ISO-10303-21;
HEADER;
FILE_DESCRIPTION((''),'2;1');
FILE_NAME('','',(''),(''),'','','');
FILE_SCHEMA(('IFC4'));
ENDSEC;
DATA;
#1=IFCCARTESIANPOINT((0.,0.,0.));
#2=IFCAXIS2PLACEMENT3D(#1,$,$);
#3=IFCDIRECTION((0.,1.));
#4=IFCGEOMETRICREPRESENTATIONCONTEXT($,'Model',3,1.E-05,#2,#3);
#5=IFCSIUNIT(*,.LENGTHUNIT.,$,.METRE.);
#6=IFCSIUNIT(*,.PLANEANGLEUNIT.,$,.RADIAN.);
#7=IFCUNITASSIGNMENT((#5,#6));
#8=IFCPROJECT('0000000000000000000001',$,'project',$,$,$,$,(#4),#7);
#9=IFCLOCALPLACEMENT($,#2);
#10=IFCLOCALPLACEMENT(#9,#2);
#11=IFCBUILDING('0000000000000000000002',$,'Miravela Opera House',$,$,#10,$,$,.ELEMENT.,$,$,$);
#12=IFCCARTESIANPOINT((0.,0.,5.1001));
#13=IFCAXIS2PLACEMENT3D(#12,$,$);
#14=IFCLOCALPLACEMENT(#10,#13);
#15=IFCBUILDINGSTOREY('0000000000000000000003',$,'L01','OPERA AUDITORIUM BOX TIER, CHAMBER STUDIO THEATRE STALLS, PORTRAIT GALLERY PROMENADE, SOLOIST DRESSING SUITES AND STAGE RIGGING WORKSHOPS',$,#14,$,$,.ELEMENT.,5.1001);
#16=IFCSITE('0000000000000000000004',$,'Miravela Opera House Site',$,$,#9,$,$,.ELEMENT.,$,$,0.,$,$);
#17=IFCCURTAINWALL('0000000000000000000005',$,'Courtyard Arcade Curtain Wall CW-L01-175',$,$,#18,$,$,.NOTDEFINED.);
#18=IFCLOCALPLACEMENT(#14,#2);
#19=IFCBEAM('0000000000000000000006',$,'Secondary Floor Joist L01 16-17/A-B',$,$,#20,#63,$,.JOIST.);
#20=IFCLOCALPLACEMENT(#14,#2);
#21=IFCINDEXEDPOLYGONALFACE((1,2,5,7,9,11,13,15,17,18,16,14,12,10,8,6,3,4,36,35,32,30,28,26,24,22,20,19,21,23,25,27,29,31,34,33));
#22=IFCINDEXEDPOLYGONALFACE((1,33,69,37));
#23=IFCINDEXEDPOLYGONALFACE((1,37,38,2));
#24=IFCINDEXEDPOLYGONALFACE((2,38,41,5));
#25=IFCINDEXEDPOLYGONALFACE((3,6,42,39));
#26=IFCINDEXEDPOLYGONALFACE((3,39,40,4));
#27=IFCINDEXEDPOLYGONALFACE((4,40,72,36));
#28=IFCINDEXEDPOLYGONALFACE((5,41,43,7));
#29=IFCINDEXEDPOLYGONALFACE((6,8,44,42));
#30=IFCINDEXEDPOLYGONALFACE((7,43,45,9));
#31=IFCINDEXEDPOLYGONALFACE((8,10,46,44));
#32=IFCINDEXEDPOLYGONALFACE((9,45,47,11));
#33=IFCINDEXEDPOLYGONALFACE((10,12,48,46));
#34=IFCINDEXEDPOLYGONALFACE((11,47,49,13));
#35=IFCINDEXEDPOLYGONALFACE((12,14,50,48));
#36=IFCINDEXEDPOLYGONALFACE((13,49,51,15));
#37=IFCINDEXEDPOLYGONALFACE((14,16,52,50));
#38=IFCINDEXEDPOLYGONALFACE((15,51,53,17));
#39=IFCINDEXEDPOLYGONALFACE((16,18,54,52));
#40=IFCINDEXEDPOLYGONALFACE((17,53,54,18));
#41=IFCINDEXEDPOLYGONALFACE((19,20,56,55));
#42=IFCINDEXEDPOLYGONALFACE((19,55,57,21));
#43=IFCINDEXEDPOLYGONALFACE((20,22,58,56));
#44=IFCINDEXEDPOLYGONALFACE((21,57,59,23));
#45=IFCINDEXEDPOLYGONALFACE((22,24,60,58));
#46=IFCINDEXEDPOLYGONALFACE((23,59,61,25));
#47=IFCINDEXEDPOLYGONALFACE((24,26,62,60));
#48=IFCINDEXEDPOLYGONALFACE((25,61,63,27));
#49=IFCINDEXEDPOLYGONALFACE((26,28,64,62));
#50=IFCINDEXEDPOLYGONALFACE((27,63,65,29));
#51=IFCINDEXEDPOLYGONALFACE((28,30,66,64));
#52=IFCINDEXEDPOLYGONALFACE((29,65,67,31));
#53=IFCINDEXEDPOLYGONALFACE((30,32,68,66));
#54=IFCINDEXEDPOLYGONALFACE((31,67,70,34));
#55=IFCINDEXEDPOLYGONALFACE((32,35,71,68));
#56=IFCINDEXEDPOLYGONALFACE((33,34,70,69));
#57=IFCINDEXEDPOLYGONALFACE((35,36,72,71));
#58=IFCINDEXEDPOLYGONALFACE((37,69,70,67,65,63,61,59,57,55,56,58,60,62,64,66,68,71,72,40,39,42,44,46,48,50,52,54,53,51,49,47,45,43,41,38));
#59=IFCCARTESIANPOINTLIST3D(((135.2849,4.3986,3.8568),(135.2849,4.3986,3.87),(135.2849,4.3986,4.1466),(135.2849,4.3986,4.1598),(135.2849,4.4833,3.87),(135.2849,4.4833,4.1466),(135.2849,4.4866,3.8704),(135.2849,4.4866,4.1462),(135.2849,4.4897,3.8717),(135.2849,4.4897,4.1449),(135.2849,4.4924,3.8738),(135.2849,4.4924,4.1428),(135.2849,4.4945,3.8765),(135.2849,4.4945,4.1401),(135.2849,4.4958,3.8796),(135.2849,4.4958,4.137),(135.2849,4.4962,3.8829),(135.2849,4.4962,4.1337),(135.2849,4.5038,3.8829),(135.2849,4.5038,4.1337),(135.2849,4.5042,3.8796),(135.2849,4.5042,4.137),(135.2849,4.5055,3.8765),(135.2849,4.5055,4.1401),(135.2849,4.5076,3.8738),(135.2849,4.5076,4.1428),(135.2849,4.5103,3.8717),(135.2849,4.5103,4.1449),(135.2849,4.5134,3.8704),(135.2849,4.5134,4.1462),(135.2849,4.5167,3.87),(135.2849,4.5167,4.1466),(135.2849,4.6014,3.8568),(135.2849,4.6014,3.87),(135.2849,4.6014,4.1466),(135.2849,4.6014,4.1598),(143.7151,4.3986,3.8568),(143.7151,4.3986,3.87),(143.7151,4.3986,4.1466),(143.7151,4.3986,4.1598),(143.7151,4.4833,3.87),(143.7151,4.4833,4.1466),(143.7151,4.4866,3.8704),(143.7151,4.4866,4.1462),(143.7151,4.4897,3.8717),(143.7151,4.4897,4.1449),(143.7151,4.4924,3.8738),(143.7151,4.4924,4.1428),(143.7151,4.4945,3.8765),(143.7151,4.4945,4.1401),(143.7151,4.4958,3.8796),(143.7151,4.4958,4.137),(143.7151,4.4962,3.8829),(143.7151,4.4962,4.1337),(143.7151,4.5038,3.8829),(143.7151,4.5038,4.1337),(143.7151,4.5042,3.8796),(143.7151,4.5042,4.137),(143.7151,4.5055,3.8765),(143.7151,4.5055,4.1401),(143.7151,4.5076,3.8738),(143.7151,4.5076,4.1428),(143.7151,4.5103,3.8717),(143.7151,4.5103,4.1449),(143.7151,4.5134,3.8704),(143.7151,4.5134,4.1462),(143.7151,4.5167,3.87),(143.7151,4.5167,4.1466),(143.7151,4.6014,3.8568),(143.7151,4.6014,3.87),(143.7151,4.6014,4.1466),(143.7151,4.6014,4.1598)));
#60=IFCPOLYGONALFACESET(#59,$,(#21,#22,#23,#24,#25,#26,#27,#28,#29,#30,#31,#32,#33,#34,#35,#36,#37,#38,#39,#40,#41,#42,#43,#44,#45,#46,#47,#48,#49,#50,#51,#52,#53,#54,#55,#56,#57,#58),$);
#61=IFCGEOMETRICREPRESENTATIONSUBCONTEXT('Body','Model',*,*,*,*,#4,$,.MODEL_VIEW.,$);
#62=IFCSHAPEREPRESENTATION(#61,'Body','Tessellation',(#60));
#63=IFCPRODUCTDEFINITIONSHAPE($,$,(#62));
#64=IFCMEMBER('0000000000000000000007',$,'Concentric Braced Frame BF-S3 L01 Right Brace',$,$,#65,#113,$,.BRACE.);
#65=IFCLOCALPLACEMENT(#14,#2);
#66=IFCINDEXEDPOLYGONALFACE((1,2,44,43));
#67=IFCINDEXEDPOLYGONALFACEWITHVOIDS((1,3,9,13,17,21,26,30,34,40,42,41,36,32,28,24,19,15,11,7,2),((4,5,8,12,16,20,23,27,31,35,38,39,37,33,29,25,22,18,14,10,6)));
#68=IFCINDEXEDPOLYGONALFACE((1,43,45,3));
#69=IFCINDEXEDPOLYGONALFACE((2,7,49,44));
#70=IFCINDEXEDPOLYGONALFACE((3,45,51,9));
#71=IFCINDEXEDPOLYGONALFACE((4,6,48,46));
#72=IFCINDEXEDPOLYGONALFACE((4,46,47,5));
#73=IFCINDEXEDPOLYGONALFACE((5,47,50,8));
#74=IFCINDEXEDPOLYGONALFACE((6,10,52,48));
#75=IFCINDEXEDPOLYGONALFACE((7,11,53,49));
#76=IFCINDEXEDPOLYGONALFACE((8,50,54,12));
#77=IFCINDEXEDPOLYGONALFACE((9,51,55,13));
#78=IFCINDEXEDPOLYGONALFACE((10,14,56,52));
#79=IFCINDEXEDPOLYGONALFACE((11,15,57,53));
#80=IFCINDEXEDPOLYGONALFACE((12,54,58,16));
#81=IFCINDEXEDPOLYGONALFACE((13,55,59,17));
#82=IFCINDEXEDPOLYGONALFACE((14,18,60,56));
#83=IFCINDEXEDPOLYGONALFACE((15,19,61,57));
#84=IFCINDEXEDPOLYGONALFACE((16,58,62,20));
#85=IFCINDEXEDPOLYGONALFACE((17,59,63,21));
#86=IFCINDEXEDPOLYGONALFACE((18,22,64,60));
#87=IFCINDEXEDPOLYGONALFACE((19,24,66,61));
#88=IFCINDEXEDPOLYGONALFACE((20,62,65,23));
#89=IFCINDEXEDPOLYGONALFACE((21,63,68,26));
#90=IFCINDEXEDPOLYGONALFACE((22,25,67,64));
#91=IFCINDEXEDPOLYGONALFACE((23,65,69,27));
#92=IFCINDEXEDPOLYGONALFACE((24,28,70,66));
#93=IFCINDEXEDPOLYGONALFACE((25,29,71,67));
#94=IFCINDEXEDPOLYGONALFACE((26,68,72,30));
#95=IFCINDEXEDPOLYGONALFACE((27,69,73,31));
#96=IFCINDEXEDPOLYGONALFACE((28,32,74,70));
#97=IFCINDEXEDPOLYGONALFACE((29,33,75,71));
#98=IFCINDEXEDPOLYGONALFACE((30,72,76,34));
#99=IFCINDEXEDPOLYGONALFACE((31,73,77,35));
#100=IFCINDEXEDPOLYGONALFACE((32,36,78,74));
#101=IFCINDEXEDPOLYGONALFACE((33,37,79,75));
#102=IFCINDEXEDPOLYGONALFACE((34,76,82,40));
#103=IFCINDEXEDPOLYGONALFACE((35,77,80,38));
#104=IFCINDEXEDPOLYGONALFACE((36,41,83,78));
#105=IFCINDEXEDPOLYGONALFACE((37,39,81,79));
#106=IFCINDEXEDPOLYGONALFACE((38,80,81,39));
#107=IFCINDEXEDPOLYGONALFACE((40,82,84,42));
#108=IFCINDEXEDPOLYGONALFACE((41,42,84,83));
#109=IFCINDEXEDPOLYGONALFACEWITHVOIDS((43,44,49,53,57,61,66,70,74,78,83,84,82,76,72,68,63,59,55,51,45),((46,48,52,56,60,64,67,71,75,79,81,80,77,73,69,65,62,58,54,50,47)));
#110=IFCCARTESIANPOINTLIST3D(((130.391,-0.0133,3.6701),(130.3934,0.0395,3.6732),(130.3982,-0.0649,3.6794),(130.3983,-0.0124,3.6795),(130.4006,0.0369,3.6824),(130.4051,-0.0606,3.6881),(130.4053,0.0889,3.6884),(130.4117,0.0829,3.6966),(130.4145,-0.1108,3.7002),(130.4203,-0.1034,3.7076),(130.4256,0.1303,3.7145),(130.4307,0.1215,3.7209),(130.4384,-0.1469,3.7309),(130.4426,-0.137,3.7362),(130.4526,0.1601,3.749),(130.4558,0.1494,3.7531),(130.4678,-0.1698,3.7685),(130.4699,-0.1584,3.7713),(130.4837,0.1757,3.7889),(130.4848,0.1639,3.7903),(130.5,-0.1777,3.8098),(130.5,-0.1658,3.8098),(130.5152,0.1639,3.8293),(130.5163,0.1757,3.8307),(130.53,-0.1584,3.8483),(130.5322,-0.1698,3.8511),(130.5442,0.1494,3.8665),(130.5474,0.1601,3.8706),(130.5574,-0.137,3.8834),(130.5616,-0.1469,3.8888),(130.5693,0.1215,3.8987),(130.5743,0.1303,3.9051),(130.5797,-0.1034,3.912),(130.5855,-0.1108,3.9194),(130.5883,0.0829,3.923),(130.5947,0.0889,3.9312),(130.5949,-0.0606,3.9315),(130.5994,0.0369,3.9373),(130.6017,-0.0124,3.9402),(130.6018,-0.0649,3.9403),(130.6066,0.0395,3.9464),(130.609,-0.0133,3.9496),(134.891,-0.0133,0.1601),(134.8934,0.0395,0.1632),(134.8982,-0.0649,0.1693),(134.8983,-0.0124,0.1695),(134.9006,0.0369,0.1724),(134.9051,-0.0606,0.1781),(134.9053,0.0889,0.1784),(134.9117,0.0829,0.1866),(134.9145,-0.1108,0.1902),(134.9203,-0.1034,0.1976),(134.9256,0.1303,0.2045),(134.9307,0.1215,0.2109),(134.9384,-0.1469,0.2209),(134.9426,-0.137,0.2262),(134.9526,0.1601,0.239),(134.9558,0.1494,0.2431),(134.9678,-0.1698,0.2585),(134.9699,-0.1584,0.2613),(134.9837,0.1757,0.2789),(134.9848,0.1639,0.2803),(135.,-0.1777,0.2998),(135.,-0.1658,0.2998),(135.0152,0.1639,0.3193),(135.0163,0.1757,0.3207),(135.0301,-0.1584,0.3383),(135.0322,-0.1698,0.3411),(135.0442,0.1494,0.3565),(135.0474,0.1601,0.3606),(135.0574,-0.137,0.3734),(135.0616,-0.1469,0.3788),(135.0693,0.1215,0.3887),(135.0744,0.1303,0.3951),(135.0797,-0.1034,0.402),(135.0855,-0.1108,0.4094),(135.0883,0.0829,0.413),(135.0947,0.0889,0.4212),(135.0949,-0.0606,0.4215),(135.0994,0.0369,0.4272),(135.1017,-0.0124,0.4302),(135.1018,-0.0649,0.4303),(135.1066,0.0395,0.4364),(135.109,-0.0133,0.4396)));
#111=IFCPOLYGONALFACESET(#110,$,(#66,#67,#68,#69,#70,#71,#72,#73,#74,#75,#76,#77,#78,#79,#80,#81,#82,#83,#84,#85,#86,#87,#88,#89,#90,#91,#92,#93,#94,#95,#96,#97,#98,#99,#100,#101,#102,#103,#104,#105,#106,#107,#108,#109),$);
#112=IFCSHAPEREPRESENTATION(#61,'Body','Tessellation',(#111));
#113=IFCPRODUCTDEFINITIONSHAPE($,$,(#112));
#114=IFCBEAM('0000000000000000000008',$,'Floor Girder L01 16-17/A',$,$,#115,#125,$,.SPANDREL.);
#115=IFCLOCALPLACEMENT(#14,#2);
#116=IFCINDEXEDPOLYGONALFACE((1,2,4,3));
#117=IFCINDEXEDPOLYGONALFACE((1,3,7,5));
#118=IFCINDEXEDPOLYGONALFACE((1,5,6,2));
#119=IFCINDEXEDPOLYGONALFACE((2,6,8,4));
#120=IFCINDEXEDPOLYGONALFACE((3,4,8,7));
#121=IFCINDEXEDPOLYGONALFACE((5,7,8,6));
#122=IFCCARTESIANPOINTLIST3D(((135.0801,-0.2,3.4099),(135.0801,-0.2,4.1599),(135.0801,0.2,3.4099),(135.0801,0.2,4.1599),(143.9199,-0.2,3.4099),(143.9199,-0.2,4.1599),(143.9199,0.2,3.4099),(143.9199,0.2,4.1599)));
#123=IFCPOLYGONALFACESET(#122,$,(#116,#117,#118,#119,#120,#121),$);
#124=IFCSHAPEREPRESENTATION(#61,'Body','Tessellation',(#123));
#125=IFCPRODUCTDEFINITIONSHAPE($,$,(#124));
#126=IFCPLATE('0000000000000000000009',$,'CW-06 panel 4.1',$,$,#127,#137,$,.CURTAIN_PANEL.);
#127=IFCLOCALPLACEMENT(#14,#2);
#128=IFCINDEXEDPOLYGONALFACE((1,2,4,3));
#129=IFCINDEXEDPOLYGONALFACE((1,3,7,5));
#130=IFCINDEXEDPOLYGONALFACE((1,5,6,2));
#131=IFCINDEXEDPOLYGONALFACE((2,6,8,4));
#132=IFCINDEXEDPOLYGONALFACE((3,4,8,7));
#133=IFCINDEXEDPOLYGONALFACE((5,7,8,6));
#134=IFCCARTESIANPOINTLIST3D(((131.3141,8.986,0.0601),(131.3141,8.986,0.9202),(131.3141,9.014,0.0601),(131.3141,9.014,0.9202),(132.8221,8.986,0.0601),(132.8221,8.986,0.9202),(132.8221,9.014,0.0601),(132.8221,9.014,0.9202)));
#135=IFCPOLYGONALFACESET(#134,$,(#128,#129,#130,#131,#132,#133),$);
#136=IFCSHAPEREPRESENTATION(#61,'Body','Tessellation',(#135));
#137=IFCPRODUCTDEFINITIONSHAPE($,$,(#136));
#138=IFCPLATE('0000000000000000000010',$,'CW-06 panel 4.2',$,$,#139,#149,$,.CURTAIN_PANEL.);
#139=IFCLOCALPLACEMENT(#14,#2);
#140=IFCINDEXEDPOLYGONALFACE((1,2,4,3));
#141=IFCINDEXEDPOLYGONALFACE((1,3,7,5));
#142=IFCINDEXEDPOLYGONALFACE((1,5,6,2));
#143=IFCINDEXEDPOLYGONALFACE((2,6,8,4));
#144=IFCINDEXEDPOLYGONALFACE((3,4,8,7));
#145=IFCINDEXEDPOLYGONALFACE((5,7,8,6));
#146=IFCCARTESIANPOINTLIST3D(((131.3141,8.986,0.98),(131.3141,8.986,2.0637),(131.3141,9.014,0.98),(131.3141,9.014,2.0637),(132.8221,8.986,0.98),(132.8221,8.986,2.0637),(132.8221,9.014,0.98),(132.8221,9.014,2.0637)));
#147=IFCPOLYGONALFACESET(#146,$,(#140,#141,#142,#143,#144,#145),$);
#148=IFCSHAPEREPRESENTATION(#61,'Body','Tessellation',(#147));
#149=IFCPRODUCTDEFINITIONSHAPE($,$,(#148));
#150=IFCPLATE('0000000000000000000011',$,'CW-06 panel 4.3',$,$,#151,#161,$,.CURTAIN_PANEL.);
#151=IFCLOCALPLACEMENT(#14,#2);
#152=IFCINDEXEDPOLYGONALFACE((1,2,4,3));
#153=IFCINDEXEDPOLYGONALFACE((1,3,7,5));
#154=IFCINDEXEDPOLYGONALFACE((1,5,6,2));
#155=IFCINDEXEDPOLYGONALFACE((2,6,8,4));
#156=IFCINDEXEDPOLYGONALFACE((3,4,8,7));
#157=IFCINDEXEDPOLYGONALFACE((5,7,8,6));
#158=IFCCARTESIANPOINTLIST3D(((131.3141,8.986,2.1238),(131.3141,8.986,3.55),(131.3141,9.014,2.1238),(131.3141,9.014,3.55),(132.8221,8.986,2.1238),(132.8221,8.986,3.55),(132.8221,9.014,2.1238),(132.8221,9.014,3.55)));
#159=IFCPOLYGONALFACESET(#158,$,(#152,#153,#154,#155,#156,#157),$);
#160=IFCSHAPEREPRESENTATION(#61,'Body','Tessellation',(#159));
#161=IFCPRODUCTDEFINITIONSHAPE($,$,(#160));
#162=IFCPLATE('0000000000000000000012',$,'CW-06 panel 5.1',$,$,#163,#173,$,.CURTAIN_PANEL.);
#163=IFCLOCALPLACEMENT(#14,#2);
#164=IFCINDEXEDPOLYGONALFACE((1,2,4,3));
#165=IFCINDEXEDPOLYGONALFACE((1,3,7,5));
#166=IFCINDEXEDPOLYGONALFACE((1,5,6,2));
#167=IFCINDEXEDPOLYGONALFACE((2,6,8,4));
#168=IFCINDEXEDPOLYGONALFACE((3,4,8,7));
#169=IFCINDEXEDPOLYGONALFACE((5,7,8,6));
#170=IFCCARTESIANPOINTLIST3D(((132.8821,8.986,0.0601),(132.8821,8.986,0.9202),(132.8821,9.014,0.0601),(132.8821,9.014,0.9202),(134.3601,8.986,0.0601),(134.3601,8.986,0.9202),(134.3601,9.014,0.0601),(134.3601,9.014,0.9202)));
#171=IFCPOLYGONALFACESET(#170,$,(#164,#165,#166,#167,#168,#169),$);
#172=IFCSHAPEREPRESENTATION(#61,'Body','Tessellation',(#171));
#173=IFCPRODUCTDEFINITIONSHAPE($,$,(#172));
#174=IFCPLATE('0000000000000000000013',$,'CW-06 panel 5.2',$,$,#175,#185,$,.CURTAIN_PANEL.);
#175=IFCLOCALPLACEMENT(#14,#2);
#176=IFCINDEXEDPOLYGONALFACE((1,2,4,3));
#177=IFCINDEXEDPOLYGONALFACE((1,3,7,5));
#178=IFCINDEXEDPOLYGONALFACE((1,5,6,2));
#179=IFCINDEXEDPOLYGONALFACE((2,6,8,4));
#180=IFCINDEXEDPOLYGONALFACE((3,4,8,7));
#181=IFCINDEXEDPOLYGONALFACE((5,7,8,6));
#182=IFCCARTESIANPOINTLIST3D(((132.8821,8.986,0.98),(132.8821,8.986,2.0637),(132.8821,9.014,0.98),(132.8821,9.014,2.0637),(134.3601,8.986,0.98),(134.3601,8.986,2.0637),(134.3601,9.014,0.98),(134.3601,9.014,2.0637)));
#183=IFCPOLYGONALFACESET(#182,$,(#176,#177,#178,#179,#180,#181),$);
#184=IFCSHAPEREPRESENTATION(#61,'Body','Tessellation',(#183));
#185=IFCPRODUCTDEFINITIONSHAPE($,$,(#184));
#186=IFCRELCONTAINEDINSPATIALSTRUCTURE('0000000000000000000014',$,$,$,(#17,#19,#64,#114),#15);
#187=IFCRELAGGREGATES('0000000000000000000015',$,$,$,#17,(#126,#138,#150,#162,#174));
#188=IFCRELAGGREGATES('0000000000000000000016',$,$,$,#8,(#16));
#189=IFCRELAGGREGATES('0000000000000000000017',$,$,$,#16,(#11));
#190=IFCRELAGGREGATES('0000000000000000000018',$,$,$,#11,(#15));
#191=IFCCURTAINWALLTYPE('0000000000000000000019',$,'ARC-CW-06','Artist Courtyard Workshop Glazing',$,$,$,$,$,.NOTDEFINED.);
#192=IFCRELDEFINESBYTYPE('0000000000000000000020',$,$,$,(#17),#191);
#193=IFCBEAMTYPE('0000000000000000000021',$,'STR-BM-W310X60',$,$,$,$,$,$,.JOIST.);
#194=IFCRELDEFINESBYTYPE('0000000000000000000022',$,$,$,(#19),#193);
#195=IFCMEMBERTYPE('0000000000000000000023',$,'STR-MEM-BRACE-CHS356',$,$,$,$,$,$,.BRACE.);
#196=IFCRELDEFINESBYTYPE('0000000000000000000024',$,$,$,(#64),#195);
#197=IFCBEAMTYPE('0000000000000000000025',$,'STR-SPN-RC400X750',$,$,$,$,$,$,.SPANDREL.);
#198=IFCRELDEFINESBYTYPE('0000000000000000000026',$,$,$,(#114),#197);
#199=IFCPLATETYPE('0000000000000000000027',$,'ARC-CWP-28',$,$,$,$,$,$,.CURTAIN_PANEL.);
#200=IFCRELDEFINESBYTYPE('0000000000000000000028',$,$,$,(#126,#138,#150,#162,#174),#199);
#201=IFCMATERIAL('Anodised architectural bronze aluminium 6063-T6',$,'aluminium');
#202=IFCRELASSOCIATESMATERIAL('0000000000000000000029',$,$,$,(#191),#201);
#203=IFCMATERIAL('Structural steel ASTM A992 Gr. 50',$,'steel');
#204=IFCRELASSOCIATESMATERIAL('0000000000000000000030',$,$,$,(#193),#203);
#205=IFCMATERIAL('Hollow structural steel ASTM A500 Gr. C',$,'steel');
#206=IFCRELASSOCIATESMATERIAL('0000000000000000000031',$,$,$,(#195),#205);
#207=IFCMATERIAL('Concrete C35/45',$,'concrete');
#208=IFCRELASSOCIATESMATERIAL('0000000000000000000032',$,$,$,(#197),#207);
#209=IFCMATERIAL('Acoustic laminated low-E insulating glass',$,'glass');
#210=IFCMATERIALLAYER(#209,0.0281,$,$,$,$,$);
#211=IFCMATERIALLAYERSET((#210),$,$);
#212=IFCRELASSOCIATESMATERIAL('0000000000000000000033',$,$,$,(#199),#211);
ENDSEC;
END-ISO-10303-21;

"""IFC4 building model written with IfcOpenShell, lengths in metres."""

from ifc_helpers import new_model, si_unit, direction, frame, origin, origin_2d, place, context, subcontext, project, spatial, rectangle, hollow_circle, i_section, extrude, material, layer, layer_set, material_profile, profile_set, type_object, element, aggregate, save


model = new_model("IFC4")

# Units and contexts
model_context = context("Model", 3, precision=1e-05, world=origin(), true_north=direction((0.0, 1.0)))
body_context = subcontext(model_context, "Body", "Model", "MODEL_VIEW")
ifc_project = project(units=[si_unit("LENGTHUNIT", "METRE"), si_unit("PLANEANGLEUNIT", "RADIAN")], contexts=[model_context])

# Site, building, storey
site_placement = place(None, origin())
site = spatial("IfcSite", under=ifc_project, at=site_placement, Name="Miravela Opera House Site", CompositionType="ELEMENT", RefElevation=0.0)
building_placement = place(site_placement, origin())
building = spatial("IfcBuilding", under=site, at=building_placement, Name="Miravela Opera House", CompositionType="ELEMENT")
storey_placement = place(building_placement, frame((0.0, 0.0, 5.1001)))
storey = spatial("IfcBuildingStorey", under=building, at=storey_placement, Name="L01", Description="OPERA AUDITORIUM BOX TIER, CHAMBER STUDIO THEATRE STALLS, PORTRAIT GALLERY PROMENADE, SOLOIST DRESSING SUITES AND STAGE RIGGING WORKSHOPS", CompositionType="ELEMENT", Elevation=5.1001)

# Shared definitions
ifc_material_1 = material(Name="Concrete C35/45", Category="concrete")

# Curtain wall
ifc_material_2 = material(Name="Anodised architectural bronze aluminium 6063-T6", Category="aluminium")
curtain_wall_type = type_object("IfcCurtainWallType", Name="ARC-CW-06", Description="Artist Courtyard Workshop Glazing", PredefinedType="NOTDEFINED", material=ifc_material_2)
curtain_wall_1_placement = place(storey_placement, origin())
curtain_wall_1 = element("IfcCurtainWall", 1, at=curtain_wall_1_placement, inside=storey, type_object=curtain_wall_type, Name="Courtyard Arcade Curtain Wall CW-L01-175", PredefinedType="NOTDEFINED")

# Beam
ifc_material_3 = material(Name="Structural steel ASTM A992 Gr. 50", Category="steel")
ifc_material_profile_1 = material_profile(ifc_material_3, i_section(OverallWidth=0.2029, OverallDepth=0.303, WebThickness=0.0076, FlangeThickness=0.0132, FilletRadius=0.0129, at=origin_2d()), Name="W310X60")
ifc_profile_set_1 = profile_set([ifc_material_profile_1])
beam_type_1 = type_object("IfcBeamType", Name="STR-BM-W310X60", PredefinedType="JOIST", material=ifc_profile_set_1)
beam_1_placement = place(storey_placement, frame((135.2849, 4.5, 4.0083), z_axis=(1.0, 0.0, 0.0), x_axis=(0.0, 1.0, 0.0)))
element("IfcBeam", 2, at=beam_1_placement, inside=storey, type_object=beam_type_1, Name="Secondary Floor Joist L01 16-17/A-B", PredefinedType="JOIST", context=body_context, shape_type="SweptSolid", body=[
    extrude(i_section(OverallWidth=0.2029, OverallDepth=0.303, WebThickness=0.0076, FlangeThickness=0.0132, FilletRadius=0.0129, at=origin_2d()), origin(), (0.0, 0.0, 1.0), 8.4302),
])

# Member
ifc_material_4 = material(Name="Hollow structural steel ASTM A500 Gr. C", Category="steel")
ifc_material_profile_2 = material_profile(ifc_material_4, hollow_circle(Radius=0.1777, WallThickness=0.012, at=origin_2d()), Name="CHS356X12")
ifc_profile_set_2 = profile_set([ifc_material_profile_2])
member_type_1 = type_object("IfcMemberType", Name="STR-MEM-BRACE-CHS356", PredefinedType="BRACE", material=ifc_profile_set_2)
member_1_placement = place(storey_placement, frame((135.0, 0.0, 0.2998), z_axis=(-0.788501, 0.0, 0.615033), x_axis=(0.0, -1.0, 0.0)))
element("IfcMember", 3, at=member_1_placement, inside=storey, type_object=member_type_1, Name="Concentric Braced Frame BF-S3 L01 Right Brace", PredefinedType="BRACE", context=body_context, shape_type="SweptSolid", body=[
    extrude(hollow_circle(Radius=0.1777, WallThickness=0.012, at=origin_2d()), origin(), (0.0, 0.0, 1.0), 5.707),
])

# Beam
ifc_material_profile_3 = material_profile(ifc_material_1, rectangle(XDim=0.3999, YDim=0.75, at=origin_2d()), Name="RC-SPN-400X750")
ifc_profile_set_3 = profile_set([ifc_material_profile_3])
beam_type_2 = type_object("IfcBeamType", Name="STR-SPN-RC400X750", PredefinedType="SPANDREL", material=ifc_profile_set_3)
beam_2_placement = place(storey_placement, frame((135.0801, 0.0, 3.7849), z_axis=(1.0, 0.0, 0.0), x_axis=(0.0, 1.0, 0.0)))
element("IfcBeam", 4, at=beam_2_placement, inside=storey, type_object=beam_type_2, Name="Floor Girder L01 16-17/A", PredefinedType="SPANDREL", context=body_context, shape_type="SweptSolid", body=[
    extrude(rectangle(XDim=0.3999, YDim=0.75, at=origin_2d()), origin(), (0.0, 0.0, 1.0), 8.8398),
])

# Plates
ifc_material_5 = material(Name="Acoustic laminated low-E insulating glass", Category="glass")
ifc_layer_1 = layer(ifc_material_5, 0.0281)
ifc_layer_set_1 = layer_set([ifc_layer_1])
plate_type_1 = type_object("IfcPlateType", Name="ARC-CWP-28", PredefinedType="CURTAIN_PANEL", material=ifc_layer_set_1)
plate_1_placement = place(storey_placement, frame((132.0681, 9.0, 0.0601), z_axis=(0.0, 0.0, 1.0), x_axis=(1.0, 0.0, 0.0)))
plate_1 = element("IfcPlate", 5, at=plate_1_placement, type_object=plate_type_1, Name="CW-06 panel 4.1", PredefinedType="CURTAIN_PANEL", context=body_context, shape_type="SweptSolid", body=[
    extrude(rectangle(XDim=1.5081, YDim=0.0281, at=origin_2d()), origin(), (0.0, 0.0, 1.0), 0.8601),
])
plate_2_placement = place(storey_placement, frame((132.0681, 9.0, 0.98), z_axis=(0.0, 0.0, 1.0), x_axis=(1.0, 0.0, 0.0)))
plate_2 = element("IfcPlate", 6, at=plate_2_placement, type_object=plate_type_1, Name="CW-06 panel 4.2", PredefinedType="CURTAIN_PANEL", context=body_context, shape_type="SweptSolid", body=[
    extrude(rectangle(XDim=1.5081, YDim=0.0281, at=origin_2d()), origin(), (0.0, 0.0, 1.0), 1.0837),
])
plate_3_placement = place(storey_placement, frame((132.0681, 9.0, 2.1238), z_axis=(0.0, 0.0, 1.0), x_axis=(1.0, 0.0, 0.0)))
plate_3 = element("IfcPlate", 7, at=plate_3_placement, type_object=plate_type_1, Name="CW-06 panel 4.3", PredefinedType="CURTAIN_PANEL", context=body_context, shape_type="SweptSolid", body=[
    extrude(rectangle(XDim=1.5081, YDim=0.0281, at=origin_2d()), origin(), (0.0, 0.0, 1.0), 1.4263),
])
plate_4_placement = place(storey_placement, frame((133.6211, 9.0, 0.0601), z_axis=(0.0, 0.0, 1.0), x_axis=(1.0, 0.0, 0.0)))
plate_4 = element("IfcPlate", 8, at=plate_4_placement, type_object=plate_type_1, Name="CW-06 panel 5.1", PredefinedType="CURTAIN_PANEL", context=body_context, shape_type="SweptSolid", body=[
    extrude(rectangle(XDim=1.478, YDim=0.0281, at=origin_2d()), origin(), (0.0, 0.0, 1.0), 0.8601),
])
plate_5_placement = place(storey_placement, frame((133.6211, 9.0, 0.98), z_axis=(0.0, 0.0, 1.0), x_axis=(1.0, 0.0, 0.0)))
plate_5 = element("IfcPlate", 9, at=plate_5_placement, type_object=plate_type_1, Name="CW-06 panel 5.2", PredefinedType="CURTAIN_PANEL", context=body_context, shape_type="SweptSolid", body=[
    extrude(rectangle(XDim=1.478, YDim=0.0281, at=origin_2d()), origin(), (0.0, 0.0, 1.0), 1.0837),
])
aggregate(curtain_wall_1, [plate_1, plate_2, plate_3, plate_4, plate_5])

save(model, "model.ifc")
